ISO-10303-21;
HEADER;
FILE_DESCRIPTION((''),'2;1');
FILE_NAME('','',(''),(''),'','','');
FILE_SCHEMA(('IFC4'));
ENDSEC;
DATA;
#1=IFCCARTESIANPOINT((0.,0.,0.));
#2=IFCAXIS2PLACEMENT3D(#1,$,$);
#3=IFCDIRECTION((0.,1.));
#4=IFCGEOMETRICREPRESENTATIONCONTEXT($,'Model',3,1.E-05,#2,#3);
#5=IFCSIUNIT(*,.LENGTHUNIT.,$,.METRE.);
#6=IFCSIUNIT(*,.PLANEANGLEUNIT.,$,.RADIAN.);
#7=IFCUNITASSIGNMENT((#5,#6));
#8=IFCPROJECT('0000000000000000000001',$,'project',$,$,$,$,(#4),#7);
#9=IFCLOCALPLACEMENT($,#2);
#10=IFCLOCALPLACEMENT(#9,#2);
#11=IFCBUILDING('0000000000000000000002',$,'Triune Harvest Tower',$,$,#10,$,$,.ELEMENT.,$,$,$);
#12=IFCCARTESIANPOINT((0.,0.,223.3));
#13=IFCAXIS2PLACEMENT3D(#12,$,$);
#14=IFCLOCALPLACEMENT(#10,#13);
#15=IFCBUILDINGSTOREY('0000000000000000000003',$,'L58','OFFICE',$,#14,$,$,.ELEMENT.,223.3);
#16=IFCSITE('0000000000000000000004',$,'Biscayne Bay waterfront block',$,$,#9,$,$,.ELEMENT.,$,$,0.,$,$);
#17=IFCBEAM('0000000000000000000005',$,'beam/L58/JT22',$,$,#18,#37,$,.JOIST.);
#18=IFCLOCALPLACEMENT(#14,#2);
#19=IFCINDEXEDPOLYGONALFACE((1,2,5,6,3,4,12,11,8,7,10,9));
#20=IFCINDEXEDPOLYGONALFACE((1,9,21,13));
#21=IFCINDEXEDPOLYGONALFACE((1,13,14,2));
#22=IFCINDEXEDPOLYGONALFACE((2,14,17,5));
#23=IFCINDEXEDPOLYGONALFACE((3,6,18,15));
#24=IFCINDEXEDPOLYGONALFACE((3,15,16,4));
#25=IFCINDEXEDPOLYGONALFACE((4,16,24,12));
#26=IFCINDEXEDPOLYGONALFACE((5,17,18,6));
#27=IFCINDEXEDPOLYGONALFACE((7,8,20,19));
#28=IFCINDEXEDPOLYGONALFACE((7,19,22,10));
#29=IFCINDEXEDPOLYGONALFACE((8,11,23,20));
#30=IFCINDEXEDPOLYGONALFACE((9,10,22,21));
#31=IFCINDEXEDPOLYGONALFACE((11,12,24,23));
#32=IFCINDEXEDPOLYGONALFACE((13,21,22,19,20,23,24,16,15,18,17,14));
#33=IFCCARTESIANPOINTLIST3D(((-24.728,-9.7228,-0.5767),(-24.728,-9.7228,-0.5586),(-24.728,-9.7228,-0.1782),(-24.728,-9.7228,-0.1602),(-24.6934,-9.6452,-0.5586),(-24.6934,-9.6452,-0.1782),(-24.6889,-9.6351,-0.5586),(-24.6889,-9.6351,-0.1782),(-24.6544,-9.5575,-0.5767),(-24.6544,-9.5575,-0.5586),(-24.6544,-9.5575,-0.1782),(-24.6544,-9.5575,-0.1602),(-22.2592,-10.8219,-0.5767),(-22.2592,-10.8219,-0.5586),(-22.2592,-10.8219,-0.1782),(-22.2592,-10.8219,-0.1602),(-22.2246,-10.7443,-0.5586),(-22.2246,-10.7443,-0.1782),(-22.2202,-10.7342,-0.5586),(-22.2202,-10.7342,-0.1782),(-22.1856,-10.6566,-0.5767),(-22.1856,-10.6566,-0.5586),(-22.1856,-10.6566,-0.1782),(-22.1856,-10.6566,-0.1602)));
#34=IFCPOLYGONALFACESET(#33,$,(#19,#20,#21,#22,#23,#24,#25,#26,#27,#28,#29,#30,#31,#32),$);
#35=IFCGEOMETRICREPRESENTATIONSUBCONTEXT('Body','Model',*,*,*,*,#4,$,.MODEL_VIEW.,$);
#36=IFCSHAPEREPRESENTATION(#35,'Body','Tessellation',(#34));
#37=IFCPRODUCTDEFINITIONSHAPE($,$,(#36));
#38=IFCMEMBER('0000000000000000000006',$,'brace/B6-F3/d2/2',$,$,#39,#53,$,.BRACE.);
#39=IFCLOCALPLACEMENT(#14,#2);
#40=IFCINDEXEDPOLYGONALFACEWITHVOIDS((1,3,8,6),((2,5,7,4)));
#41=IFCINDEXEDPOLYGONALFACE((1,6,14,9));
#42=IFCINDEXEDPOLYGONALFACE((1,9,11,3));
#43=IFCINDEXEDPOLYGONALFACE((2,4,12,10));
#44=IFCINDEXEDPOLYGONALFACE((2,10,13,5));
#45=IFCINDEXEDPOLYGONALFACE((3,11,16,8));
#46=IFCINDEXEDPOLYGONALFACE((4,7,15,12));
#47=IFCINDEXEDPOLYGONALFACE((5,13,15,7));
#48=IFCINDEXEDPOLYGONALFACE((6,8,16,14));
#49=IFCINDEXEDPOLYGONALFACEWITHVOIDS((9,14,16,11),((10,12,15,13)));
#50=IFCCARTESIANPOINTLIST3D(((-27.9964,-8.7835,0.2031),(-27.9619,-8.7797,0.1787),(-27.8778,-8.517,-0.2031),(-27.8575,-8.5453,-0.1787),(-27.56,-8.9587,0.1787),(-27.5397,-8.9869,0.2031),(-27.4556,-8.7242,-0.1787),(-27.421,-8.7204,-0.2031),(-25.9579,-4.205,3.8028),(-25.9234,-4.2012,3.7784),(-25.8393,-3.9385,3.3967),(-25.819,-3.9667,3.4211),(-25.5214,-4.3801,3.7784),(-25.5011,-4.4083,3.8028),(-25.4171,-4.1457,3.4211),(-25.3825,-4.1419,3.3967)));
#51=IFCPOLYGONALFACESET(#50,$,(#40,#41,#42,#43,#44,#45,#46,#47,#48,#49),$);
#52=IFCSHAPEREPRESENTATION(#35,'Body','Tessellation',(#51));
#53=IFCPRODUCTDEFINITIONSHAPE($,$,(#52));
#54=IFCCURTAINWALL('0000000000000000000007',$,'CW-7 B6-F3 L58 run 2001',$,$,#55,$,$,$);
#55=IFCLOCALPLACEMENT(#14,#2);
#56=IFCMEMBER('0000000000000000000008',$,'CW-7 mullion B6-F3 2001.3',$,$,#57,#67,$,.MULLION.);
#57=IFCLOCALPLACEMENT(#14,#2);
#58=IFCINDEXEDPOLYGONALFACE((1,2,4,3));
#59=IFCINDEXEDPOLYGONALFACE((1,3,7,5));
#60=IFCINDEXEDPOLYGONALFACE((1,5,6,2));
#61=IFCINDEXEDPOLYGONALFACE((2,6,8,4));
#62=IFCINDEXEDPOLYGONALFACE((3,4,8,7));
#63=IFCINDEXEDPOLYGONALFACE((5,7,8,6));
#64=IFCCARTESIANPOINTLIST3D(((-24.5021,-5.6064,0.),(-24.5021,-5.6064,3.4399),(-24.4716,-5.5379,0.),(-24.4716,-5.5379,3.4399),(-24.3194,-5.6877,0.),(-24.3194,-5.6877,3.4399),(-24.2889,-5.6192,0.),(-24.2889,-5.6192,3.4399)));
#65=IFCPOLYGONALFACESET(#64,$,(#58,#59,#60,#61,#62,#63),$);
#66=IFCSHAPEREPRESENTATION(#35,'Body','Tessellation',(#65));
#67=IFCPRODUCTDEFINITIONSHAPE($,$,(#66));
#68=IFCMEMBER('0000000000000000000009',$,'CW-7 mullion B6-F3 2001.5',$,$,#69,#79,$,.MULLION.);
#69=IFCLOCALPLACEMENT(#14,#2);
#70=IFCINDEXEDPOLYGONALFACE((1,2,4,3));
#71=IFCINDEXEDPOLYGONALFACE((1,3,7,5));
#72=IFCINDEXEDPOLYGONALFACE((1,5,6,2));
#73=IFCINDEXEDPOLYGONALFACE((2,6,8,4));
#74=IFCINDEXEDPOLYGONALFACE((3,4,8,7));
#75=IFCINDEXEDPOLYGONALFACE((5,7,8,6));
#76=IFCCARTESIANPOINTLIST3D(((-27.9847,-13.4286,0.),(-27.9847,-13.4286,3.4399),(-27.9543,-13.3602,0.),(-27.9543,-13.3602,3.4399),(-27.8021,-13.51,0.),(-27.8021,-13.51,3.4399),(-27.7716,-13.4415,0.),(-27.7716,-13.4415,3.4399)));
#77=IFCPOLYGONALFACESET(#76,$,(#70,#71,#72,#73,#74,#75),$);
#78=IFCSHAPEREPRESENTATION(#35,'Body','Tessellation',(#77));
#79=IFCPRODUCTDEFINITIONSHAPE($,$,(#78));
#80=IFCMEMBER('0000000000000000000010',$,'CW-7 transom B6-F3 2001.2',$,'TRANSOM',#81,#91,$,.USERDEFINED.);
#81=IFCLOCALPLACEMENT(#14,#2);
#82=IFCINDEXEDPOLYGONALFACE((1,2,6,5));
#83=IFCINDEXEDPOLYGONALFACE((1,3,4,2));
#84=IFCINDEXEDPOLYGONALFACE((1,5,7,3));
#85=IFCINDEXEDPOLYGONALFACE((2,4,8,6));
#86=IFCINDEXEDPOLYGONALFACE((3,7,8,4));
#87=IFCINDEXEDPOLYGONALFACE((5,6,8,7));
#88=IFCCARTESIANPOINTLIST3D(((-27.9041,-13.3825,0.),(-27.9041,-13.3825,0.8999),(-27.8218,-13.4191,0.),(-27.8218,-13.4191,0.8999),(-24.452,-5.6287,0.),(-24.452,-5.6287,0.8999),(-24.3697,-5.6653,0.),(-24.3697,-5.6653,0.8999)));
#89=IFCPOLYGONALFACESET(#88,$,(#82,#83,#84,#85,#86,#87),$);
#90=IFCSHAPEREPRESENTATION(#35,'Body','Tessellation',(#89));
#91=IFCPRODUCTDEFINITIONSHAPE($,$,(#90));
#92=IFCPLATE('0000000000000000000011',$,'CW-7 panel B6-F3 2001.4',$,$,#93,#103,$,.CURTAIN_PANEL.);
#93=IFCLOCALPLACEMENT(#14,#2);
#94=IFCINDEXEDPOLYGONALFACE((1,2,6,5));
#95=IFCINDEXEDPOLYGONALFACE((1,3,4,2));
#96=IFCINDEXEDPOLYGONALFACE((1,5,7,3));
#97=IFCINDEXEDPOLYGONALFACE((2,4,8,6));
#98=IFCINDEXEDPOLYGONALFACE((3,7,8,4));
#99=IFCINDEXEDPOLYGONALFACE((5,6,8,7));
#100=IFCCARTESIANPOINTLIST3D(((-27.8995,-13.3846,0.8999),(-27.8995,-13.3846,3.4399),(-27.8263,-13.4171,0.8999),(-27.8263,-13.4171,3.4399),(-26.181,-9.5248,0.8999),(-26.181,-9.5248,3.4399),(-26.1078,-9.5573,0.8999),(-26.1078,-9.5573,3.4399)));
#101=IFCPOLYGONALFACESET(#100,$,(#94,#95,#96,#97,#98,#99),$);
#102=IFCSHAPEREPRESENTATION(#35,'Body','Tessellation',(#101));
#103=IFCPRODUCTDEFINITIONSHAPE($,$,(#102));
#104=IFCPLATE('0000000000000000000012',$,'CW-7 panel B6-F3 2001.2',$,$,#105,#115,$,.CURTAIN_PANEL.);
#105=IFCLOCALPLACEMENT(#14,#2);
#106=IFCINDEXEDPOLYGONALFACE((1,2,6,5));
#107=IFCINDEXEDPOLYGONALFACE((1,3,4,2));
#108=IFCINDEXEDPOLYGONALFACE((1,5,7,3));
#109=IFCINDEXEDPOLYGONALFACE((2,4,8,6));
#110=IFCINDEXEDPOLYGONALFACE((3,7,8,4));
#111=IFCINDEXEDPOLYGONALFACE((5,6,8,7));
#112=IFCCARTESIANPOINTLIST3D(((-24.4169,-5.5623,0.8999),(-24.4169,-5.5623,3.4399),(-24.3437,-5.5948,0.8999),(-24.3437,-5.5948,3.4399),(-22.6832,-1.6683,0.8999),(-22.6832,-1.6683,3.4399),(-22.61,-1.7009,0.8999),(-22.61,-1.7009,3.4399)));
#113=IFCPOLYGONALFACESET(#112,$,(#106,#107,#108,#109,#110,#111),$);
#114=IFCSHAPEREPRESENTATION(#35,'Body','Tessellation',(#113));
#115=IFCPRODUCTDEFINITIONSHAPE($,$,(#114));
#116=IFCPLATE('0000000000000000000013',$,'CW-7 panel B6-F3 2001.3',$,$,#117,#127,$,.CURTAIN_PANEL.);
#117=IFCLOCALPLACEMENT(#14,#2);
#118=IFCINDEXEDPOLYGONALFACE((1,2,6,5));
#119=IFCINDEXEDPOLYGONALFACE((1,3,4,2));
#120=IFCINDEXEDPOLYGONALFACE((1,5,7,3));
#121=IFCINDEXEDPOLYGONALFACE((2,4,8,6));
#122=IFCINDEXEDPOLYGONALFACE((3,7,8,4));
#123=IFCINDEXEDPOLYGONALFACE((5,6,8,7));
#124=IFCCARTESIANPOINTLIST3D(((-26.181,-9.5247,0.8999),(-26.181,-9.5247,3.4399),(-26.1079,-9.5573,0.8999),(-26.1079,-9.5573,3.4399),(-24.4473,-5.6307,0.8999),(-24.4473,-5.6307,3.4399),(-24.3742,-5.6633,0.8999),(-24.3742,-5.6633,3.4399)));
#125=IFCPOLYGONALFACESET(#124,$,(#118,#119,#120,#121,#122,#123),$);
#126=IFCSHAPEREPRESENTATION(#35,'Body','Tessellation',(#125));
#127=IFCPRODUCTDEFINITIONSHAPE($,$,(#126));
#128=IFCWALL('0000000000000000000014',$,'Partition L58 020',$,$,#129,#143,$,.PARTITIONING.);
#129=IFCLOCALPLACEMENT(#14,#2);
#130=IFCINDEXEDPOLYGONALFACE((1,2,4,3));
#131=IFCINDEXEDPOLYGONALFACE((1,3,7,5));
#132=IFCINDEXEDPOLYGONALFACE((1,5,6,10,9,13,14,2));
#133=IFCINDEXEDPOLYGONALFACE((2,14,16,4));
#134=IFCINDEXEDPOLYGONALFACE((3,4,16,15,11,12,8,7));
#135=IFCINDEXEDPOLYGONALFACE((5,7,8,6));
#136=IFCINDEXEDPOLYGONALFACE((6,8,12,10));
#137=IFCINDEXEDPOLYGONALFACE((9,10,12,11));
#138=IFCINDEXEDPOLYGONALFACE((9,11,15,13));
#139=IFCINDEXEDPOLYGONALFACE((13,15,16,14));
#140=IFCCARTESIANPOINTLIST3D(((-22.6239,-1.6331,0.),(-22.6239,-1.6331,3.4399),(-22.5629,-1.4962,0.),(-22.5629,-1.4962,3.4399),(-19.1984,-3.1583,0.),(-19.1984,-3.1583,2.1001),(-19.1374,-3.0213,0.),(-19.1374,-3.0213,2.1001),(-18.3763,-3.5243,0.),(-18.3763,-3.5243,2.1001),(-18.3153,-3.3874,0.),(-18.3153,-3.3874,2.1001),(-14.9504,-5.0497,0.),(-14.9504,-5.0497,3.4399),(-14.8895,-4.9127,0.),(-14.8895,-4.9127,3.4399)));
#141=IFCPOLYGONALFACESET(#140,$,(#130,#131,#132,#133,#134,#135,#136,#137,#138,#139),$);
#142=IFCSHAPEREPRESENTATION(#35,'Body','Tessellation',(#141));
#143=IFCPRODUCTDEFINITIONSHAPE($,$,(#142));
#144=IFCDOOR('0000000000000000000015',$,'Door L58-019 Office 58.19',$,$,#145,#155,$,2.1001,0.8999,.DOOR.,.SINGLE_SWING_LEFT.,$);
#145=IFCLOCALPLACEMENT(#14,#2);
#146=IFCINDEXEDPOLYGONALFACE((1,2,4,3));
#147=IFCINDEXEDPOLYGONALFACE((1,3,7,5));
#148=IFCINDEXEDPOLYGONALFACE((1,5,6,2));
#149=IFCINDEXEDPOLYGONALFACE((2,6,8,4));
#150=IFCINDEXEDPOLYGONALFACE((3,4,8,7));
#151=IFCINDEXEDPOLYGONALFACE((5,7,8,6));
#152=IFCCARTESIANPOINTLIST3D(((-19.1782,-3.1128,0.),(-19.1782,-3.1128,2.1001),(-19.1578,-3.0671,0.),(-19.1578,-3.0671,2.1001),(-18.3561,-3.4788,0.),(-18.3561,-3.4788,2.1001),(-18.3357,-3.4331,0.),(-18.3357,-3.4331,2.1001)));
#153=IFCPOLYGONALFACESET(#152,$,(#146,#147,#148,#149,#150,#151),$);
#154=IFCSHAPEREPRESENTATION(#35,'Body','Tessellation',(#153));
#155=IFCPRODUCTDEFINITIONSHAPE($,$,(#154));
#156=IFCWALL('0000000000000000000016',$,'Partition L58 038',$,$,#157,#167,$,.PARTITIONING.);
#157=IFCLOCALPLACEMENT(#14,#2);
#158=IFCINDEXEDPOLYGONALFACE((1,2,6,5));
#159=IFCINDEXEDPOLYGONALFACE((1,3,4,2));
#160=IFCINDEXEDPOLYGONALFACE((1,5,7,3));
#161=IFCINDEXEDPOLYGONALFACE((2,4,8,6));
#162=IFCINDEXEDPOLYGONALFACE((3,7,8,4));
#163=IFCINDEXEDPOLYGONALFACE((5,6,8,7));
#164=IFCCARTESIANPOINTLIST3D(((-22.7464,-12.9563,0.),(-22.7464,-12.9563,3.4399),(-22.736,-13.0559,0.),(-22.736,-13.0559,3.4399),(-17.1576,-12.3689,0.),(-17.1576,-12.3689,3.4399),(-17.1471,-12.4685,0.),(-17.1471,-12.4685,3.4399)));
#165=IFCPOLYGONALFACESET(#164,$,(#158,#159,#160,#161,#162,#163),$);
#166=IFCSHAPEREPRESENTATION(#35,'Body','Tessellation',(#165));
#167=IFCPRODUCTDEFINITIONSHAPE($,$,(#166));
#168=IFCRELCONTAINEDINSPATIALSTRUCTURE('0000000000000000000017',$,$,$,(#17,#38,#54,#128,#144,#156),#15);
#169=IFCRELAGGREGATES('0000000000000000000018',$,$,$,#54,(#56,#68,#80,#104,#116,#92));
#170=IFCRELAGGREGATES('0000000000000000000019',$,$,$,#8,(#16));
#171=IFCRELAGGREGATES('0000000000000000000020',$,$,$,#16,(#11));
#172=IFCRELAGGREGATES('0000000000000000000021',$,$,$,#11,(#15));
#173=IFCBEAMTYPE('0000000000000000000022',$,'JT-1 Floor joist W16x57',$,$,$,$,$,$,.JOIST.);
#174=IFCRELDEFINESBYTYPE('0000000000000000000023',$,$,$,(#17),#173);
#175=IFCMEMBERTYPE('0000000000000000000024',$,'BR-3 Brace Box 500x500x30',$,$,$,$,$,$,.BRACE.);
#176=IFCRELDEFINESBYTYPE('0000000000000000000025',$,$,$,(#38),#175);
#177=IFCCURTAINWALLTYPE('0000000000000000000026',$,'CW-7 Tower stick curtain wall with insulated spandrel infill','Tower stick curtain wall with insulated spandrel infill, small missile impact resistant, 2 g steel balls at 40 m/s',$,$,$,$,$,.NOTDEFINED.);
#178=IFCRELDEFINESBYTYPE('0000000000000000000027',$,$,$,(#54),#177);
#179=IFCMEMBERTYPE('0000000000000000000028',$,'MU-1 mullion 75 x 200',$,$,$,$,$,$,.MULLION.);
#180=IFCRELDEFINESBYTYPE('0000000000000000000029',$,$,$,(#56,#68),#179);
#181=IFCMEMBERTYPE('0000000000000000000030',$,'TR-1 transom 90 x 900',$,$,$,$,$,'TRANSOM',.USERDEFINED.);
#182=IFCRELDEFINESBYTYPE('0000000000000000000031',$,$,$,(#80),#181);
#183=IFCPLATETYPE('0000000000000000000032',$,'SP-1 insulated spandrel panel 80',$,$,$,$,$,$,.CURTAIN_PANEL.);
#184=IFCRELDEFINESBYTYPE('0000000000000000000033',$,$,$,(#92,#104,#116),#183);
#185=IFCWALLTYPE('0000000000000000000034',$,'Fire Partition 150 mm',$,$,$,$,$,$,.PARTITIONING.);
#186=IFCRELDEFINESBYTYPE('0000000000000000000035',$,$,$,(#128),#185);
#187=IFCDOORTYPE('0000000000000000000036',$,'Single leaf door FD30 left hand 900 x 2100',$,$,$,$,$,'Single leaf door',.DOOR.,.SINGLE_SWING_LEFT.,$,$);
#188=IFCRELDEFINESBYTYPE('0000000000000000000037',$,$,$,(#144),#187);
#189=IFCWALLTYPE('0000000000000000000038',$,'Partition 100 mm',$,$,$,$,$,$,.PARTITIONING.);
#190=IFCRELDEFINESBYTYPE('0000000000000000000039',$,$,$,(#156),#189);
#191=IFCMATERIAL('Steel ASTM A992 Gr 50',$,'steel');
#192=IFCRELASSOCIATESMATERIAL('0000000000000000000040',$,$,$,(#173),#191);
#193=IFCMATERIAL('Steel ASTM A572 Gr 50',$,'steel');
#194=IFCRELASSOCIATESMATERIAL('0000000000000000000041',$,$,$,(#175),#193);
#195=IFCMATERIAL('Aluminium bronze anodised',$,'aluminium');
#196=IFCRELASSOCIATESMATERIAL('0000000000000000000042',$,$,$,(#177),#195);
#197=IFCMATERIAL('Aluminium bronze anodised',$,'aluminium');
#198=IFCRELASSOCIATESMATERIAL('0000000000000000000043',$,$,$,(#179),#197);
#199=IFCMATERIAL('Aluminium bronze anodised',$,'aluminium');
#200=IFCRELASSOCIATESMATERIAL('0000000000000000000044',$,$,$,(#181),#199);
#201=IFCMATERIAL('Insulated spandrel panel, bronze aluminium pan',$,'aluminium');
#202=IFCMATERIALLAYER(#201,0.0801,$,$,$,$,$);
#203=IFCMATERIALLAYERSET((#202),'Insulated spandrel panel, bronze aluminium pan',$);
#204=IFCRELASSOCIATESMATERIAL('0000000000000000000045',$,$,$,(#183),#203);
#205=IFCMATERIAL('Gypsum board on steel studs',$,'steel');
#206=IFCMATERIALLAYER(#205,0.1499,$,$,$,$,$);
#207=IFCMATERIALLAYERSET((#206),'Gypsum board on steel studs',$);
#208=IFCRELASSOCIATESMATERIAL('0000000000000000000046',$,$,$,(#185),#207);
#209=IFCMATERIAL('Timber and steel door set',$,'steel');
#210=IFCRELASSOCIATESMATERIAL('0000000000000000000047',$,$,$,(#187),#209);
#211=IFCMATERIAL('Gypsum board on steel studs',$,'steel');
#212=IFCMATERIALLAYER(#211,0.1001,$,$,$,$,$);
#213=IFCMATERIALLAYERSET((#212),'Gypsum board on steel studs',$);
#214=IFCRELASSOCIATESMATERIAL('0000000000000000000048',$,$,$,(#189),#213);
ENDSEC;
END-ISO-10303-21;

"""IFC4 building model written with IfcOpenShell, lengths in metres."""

from ifc_helpers import new_model, si_unit, direction, frame, frame_2d, origin, origin_2d, place, context, subcontext, project, spatial, rectangle, hollow_rectangle, i_section, extrude, source, transform, mapped, material, layer, layer_set, material_profile, profile_set, type_object, element, fill, aggregate, save


model = new_model("IFC4")

# Units and contexts
model_context = context("Model", 3, precision=1e-05, world=origin(), true_north=direction((0.0, 1.0)))
body_context = subcontext(model_context, "Body", "Model", "MODEL_VIEW")
ifc_project = project(units=[si_unit("LENGTHUNIT", "METRE"), si_unit("PLANEANGLEUNIT", "RADIAN")], contexts=[model_context])

# Site, building, storey
site_placement = place(None, origin())
site = spatial("IfcSite", under=ifc_project, at=site_placement, Name="Biscayne Bay waterfront block", CompositionType="ELEMENT", RefElevation=0.0)
building_placement = place(site_placement, origin())
building = spatial("IfcBuilding", under=site, at=building_placement, Name="Triune Harvest Tower", CompositionType="ELEMENT")
storey_placement = place(building_placement, frame((0.0, 0.0, 223.3)))
storey = spatial("IfcBuildingStorey", under=building, at=storey_placement, Name="L58", Description="OFFICE", CompositionType="ELEMENT", Elevation=223.3)

# Beam
ifc_material_1 = material(Name="Steel ASTM A992 Gr 50", Category="steel")
ifc_material_profile_1 = material_profile(ifc_material_1, i_section(OverallWidth=0.1809, OverallDepth=0.4165, WebThickness=0.011, FlangeThickness=0.0181, at=origin_2d()), Name="W16x57")
ifc_profile_set_1 = profile_set([ifc_material_profile_1], Name="Steel ASTM A992 Gr 50")
beam_type_1 = type_object("IfcBeamType", Name="JT-1 Floor joist W16x57", PredefinedType="JOIST", material=ifc_profile_set_1)
shared_shape_1 = source(origin(), body_context, "Body", "SweptSolid", [
    extrude(i_section(OverallWidth=0.1809, OverallDepth=0.4165, WebThickness=0.011, FlangeThickness=0.0181, at=origin_2d()), origin(), (0.0, 0.0, 1.0), 2.7024),
])
beam_1_placement = place(storey_placement, frame((-24.6912, -9.6401, -0.3684), z_axis=(0.913551, -0.406725, 0.0), x_axis=(0.406725, 0.913551, 0.0)))
element("IfcBeam", 1, at=beam_1_placement, inside=storey, type_object=beam_type_1, Name="beam/L58/JT22", PredefinedType="JOIST", context=body_context, shape_type="MappedRepresentation", body=[
    mapped(shared_shape_1, transform((0.0, 0.0, 0.0), scale=1.0)),
])

# Member
ifc_material_2 = material(Name="Steel ASTM A572 Gr 50", Category="steel")
ifc_material_profile_2 = material_profile(ifc_material_2, hollow_rectangle(XDim=0.5, YDim=0.5, WallThickness=0.03, at=origin_2d()), Name="Box 500x500x30")
ifc_profile_set_2 = profile_set([ifc_material_profile_2], Name="Steel ASTM A572 Gr 50")
member_type_1 = type_object("IfcMemberType", Name="BR-3 Brace Box 500x500x30", PredefinedType="BRACE", material=ifc_profile_set_2)
shared_shape_2 = source(origin(), body_context, "Body", "SweptSolid", [
    extrude(hollow_rectangle(XDim=0.5, YDim=0.5, WallThickness=0.03, at=origin_2d()), origin(), (0.0, 0.0, 1.0), 6.1707),
])
member_1_placement = place(storey_placement, frame((-27.7087, -8.752, 0.0), z_axis=(0.33036, 0.741984, 0.583372), x_axis=(-0.913542, 0.406744, 0.0)))
element("IfcMember", 2, at=member_1_placement, inside=storey, type_object=member_type_1, Name="brace/B6-F3/d2/2", PredefinedType="BRACE", context=body_context, shape_type="MappedRepresentation", body=[
    mapped(shared_shape_2, transform((0.0, 0.0, 0.0), scale=1.0)),
])

# Curtain wall, members, plates
ifc_material_3 = material(Name="Aluminium bronze anodised", Category="aluminium")
curtain_wall_type = type_object("IfcCurtainWallType", Name="CW-7 Tower stick curtain wall with insulated spandrel infill", Description="Tower stick curtain wall with insulated spandrel infill, small missile impact resistant, 2 g steel balls at 40 m/s", PredefinedType="NOTDEFINED", material=ifc_material_3)
curtain_wall_placement = place(storey_placement, origin())
curtain_wall = element("IfcCurtainWall", 3, at=curtain_wall_placement, inside=storey, type_object=curtain_wall_type, Name="CW-7 B6-F3 L58 run 2001")
ifc_material_4 = material(Name="Aluminium bronze anodised", Category="aluminium")
ifc_material_profile_3 = material_profile(ifc_material_4, rectangle(XDim=0.2, YDim=0.075, at=origin_2d()), Name="MU-1 mullion 75 x 200")
ifc_profile_set_3 = profile_set([ifc_material_profile_3], Name="Aluminium bronze anodised")
member_type_2 = type_object("IfcMemberType", Name="MU-1 mullion 75 x 200", PredefinedType="MULLION", material=ifc_profile_set_3)
shared_shape_3 = source(origin(), body_context, "Body", "SweptSolid", [
    extrude(rectangle(XDim=0.2, YDim=0.075, at=origin_2d()), origin(), (0.0, 0.0, 1.0), 3.4399),
])
member_2_placement = place(storey_placement, frame((-24.3955, -5.6128, 0.0), z_axis=(0.0, 0.0, 1.0), x_axis=(0.913546, -0.406736, 0.0)))
member_2 = element("IfcMember", 4, at=member_2_placement, type_object=member_type_2, Name="CW-7 mullion B6-F3 2001.3", PredefinedType="MULLION", context=body_context, shape_type="MappedRepresentation", body=[
    mapped(shared_shape_3, transform((0.0, 0.0, 0.0), scale=1.0)),
])
member_3_placement = place(storey_placement, frame((-27.8782, -13.4351, 0.0), z_axis=(0.0, 0.0, 1.0), x_axis=(0.913546, -0.406736, 0.0)))
member_3 = element("IfcMember", 5, at=member_3_placement, type_object=member_type_2, Name="CW-7 mullion B6-F3 2001.5", PredefinedType="MULLION", context=body_context, shape_type="MappedRepresentation", body=[
    mapped(shared_shape_3, transform((0.0, 0.0, 0.0), scale=1.0)),
])
ifc_material_5 = material(Name="Aluminium bronze anodised", Category="aluminium")
ifc_material_profile_4 = material_profile(ifc_material_5, rectangle(XDim=0.0901, YDim=0.8999, at=origin_2d()), Name="TR-1 transom 90 x 900")
ifc_profile_set_4 = profile_set([ifc_material_profile_4], Name="Aluminium bronze anodised")
member_type_3 = type_object("IfcMemberType", Name="TR-1 transom 90 x 900", ElementType="TRANSOM", PredefinedType="USERDEFINED", material=ifc_profile_set_4)
shared_shape_4 = source(origin(), body_context, "Body", "SweptSolid", [
    extrude(rectangle(XDim=0.0901, YDim=0.8999, at=origin_2d()), origin(), (0.0, 0.0, 1.0), 8.4875),
])
member_4_placement = place(storey_placement, frame((-24.4109, -5.647, 0.45), z_axis=(-0.406726, -0.91355, 0.0), x_axis=(0.91355, -0.406726, 0.0)))
member_4 = element("IfcMember", 6, at=member_4_placement, type_object=member_type_3, Name="CW-7 transom B6-F3 2001.2", ObjectType="TRANSOM", PredefinedType="USERDEFINED", context=body_context, shape_type="MappedRepresentation", body=[
    mapped(shared_shape_4, transform((0.0, 0.0, 0.0), scale=1.0)),
])
ifc_material_6 = material(Name="Insulated spandrel panel, bronze aluminium pan", Category="aluminium")
ifc_layer_1 = layer(ifc_material_6, 0.0801)
ifc_layer_set_1 = layer_set([ifc_layer_1], Name="Insulated spandrel panel, bronze aluminium pan")
plate_type = type_object("IfcPlateType", Name="SP-1 insulated spandrel panel 80", PredefinedType="CURTAIN_PANEL", material=ifc_layer_set_1)
shared_shape_5 = source(origin(), body_context, "Body", "SweptSolid", [
    extrude(rectangle(XDim=4.2251, YDim=0.0801, at=origin_2d()), origin(), (0.0, 0.0, 1.0), 2.54),
])
plate_1_placement = place(storey_placement, frame((-27.0037, -11.4709, 0.8999), z_axis=(0.0, 0.0, 1.0), x_axis=(-0.406736, -0.913546, 0.0)))
plate_1 = element("IfcPlate", 7, at=plate_1_placement, type_object=plate_type, Name="CW-7 panel B6-F3 2001.4", PredefinedType="CURTAIN_PANEL", context=body_context, shape_type="MappedRepresentation", body=[
    mapped(shared_shape_5, transform((0.0, 0.0, 0.0), scale=1.0)),
])
shared_shape_6 = source(origin(), body_context, "Body", "SweptSolid", [
    extrude(rectangle(XDim=4.2625, YDim=0.0801, at=origin_2d()), origin(), (0.0, 0.0, 1.0), 2.54),
])
plate_2_placement = place(storey_placement, frame((-23.5134, -3.6316, 0.8999), z_axis=(0.0, 0.0, 1.0), x_axis=(-0.406736, -0.913546, 0.0)))
plate_2 = element("IfcPlate", 8, at=plate_2_placement, type_object=plate_type, Name="CW-7 panel B6-F3 2001.2", PredefinedType="CURTAIN_PANEL", context=body_context, shape_type="MappedRepresentation", body=[
    mapped(shared_shape_6, transform((0.0, 0.0, 0.0), scale=1.0)),
])
plate_3_placement = place(storey_placement, frame((-25.2776, -7.594, 0.8999), z_axis=(0.0, 0.0, 1.0), x_axis=(-0.406736, -0.913546, 0.0)))
plate_3 = element("IfcPlate", 9, at=plate_3_placement, type_object=plate_type, Name="CW-7 panel B6-F3 2001.3", PredefinedType="CURTAIN_PANEL", context=body_context, shape_type="MappedRepresentation", body=[
    mapped(shared_shape_6, transform((0.0, 0.0, 0.0), scale=1.0)),
])
aggregate(curtain_wall, [member_2, member_3, member_4, plate_2, plate_3, plate_1])

# Wall, opening, door
ifc_material_7 = material(Name="Gypsum board on steel studs", Category="steel")
ifc_layer_2 = layer(ifc_material_7, 0.1499)
ifc_layer_set_2 = layer_set([ifc_layer_2], Name="Gypsum board on steel studs")
wall_type_1 = type_object("IfcWallType", Name="Fire Partition 150 mm", PredefinedType="PARTITIONING", material=ifc_layer_set_2)
wall_1_placement = place(storey_placement, frame((-22.5933, -1.5647, 0.0), z_axis=(0.0, 0.0, 1.0), x_axis=(0.91354, -0.406748, 0.0)))
wall_1 = element("IfcWall", 10, at=wall_1_placement, inside=storey, type_object=wall_type_1, Name="Partition L58 020", PredefinedType="PARTITIONING", context=body_context, shape_type="SweptSolid", body=[
    extrude(rectangle(XDim=8.3997, YDim=0.1499, at=frame_2d((4.1997, 0.0))), origin(), (0.0, 0.0, 1.0), 3.4399),
])
opening_1_placement = place(wall_1_placement, frame((3.7495, 0.0, 0.0)))
opening_1 = element("IfcOpeningElement", 11, at=opening_1_placement, cuts=wall_1, PredefinedType="OPENING", context=body_context, shape_type="SweptSolid", body=[
    extrude(rectangle(XDim=0.8999, YDim=2.1001, at=frame_2d((0.45, 1.05))), frame((0.0, 0.085, 0.0), z_axis=(0.0, -1.0, 0.0), x_axis=(1.0, 0.0, 0.0)), (0.0, 0.0, 1.0), 0.1699),
])
ifc_material_8 = material(Name="Timber and steel door set", Category="steel")
door_type = type_object("IfcDoorType", Name="Single leaf door FD30 left hand 900 x 2100", ElementType="Single leaf door", OperationType="SINGLE_SWING_LEFT", PredefinedType="DOOR", material=ifc_material_8)
door_1_placement = place(opening_1_placement, origin())
door_1 = element("IfcDoor", 12, at=door_1_placement, inside=storey, type_object=door_type, Name="Door L58-019 Office 58.19", OperationType="SINGLE_SWING_LEFT", OverallHeight=2.1001, OverallWidth=0.8999, PredefinedType="DOOR", context=body_context, shape_type="SweptSolid", body=[
    extrude(rectangle(XDim=0.8999, YDim=2.1001, at=frame_2d((0.45, 1.05))), frame((0.0, 0.0249, 0.0), z_axis=(0.0, -1.0, 0.0), x_axis=(1.0, 0.0, 0.0)), (0.0, 0.0, 1.0), 0.05),
])
fill(opening_1, door_1)

# Wall
ifc_material_9 = material(Name="Gypsum board on steel studs", Category="steel")
ifc_layer_3 = layer(ifc_material_9, 0.1001)
ifc_layer_set_3 = layer_set([ifc_layer_3], Name="Gypsum board on steel studs")
wall_type_2 = type_object("IfcWallType", Name="Partition 100 mm", PredefinedType="PARTITIONING", material=ifc_layer_set_3)
wall_2_placement = place(storey_placement, frame((-22.7412, -13.0061, 0.0), z_axis=(0.0, 0.0, 1.0), x_axis=(0.994522, 0.104526, 0.0)))
element("IfcWall", 13, at=wall_2_placement, inside=storey, type_object=wall_type_2, Name="Partition L58 038", PredefinedType="PARTITIONING", context=body_context, shape_type="SweptSolid", body=[
    extrude(rectangle(XDim=5.6196, YDim=0.1001, at=frame_2d((2.8098, 0.0))), origin(), (0.0, 0.0, 1.0), 3.4399),
])

save(model, "model.ifc")
